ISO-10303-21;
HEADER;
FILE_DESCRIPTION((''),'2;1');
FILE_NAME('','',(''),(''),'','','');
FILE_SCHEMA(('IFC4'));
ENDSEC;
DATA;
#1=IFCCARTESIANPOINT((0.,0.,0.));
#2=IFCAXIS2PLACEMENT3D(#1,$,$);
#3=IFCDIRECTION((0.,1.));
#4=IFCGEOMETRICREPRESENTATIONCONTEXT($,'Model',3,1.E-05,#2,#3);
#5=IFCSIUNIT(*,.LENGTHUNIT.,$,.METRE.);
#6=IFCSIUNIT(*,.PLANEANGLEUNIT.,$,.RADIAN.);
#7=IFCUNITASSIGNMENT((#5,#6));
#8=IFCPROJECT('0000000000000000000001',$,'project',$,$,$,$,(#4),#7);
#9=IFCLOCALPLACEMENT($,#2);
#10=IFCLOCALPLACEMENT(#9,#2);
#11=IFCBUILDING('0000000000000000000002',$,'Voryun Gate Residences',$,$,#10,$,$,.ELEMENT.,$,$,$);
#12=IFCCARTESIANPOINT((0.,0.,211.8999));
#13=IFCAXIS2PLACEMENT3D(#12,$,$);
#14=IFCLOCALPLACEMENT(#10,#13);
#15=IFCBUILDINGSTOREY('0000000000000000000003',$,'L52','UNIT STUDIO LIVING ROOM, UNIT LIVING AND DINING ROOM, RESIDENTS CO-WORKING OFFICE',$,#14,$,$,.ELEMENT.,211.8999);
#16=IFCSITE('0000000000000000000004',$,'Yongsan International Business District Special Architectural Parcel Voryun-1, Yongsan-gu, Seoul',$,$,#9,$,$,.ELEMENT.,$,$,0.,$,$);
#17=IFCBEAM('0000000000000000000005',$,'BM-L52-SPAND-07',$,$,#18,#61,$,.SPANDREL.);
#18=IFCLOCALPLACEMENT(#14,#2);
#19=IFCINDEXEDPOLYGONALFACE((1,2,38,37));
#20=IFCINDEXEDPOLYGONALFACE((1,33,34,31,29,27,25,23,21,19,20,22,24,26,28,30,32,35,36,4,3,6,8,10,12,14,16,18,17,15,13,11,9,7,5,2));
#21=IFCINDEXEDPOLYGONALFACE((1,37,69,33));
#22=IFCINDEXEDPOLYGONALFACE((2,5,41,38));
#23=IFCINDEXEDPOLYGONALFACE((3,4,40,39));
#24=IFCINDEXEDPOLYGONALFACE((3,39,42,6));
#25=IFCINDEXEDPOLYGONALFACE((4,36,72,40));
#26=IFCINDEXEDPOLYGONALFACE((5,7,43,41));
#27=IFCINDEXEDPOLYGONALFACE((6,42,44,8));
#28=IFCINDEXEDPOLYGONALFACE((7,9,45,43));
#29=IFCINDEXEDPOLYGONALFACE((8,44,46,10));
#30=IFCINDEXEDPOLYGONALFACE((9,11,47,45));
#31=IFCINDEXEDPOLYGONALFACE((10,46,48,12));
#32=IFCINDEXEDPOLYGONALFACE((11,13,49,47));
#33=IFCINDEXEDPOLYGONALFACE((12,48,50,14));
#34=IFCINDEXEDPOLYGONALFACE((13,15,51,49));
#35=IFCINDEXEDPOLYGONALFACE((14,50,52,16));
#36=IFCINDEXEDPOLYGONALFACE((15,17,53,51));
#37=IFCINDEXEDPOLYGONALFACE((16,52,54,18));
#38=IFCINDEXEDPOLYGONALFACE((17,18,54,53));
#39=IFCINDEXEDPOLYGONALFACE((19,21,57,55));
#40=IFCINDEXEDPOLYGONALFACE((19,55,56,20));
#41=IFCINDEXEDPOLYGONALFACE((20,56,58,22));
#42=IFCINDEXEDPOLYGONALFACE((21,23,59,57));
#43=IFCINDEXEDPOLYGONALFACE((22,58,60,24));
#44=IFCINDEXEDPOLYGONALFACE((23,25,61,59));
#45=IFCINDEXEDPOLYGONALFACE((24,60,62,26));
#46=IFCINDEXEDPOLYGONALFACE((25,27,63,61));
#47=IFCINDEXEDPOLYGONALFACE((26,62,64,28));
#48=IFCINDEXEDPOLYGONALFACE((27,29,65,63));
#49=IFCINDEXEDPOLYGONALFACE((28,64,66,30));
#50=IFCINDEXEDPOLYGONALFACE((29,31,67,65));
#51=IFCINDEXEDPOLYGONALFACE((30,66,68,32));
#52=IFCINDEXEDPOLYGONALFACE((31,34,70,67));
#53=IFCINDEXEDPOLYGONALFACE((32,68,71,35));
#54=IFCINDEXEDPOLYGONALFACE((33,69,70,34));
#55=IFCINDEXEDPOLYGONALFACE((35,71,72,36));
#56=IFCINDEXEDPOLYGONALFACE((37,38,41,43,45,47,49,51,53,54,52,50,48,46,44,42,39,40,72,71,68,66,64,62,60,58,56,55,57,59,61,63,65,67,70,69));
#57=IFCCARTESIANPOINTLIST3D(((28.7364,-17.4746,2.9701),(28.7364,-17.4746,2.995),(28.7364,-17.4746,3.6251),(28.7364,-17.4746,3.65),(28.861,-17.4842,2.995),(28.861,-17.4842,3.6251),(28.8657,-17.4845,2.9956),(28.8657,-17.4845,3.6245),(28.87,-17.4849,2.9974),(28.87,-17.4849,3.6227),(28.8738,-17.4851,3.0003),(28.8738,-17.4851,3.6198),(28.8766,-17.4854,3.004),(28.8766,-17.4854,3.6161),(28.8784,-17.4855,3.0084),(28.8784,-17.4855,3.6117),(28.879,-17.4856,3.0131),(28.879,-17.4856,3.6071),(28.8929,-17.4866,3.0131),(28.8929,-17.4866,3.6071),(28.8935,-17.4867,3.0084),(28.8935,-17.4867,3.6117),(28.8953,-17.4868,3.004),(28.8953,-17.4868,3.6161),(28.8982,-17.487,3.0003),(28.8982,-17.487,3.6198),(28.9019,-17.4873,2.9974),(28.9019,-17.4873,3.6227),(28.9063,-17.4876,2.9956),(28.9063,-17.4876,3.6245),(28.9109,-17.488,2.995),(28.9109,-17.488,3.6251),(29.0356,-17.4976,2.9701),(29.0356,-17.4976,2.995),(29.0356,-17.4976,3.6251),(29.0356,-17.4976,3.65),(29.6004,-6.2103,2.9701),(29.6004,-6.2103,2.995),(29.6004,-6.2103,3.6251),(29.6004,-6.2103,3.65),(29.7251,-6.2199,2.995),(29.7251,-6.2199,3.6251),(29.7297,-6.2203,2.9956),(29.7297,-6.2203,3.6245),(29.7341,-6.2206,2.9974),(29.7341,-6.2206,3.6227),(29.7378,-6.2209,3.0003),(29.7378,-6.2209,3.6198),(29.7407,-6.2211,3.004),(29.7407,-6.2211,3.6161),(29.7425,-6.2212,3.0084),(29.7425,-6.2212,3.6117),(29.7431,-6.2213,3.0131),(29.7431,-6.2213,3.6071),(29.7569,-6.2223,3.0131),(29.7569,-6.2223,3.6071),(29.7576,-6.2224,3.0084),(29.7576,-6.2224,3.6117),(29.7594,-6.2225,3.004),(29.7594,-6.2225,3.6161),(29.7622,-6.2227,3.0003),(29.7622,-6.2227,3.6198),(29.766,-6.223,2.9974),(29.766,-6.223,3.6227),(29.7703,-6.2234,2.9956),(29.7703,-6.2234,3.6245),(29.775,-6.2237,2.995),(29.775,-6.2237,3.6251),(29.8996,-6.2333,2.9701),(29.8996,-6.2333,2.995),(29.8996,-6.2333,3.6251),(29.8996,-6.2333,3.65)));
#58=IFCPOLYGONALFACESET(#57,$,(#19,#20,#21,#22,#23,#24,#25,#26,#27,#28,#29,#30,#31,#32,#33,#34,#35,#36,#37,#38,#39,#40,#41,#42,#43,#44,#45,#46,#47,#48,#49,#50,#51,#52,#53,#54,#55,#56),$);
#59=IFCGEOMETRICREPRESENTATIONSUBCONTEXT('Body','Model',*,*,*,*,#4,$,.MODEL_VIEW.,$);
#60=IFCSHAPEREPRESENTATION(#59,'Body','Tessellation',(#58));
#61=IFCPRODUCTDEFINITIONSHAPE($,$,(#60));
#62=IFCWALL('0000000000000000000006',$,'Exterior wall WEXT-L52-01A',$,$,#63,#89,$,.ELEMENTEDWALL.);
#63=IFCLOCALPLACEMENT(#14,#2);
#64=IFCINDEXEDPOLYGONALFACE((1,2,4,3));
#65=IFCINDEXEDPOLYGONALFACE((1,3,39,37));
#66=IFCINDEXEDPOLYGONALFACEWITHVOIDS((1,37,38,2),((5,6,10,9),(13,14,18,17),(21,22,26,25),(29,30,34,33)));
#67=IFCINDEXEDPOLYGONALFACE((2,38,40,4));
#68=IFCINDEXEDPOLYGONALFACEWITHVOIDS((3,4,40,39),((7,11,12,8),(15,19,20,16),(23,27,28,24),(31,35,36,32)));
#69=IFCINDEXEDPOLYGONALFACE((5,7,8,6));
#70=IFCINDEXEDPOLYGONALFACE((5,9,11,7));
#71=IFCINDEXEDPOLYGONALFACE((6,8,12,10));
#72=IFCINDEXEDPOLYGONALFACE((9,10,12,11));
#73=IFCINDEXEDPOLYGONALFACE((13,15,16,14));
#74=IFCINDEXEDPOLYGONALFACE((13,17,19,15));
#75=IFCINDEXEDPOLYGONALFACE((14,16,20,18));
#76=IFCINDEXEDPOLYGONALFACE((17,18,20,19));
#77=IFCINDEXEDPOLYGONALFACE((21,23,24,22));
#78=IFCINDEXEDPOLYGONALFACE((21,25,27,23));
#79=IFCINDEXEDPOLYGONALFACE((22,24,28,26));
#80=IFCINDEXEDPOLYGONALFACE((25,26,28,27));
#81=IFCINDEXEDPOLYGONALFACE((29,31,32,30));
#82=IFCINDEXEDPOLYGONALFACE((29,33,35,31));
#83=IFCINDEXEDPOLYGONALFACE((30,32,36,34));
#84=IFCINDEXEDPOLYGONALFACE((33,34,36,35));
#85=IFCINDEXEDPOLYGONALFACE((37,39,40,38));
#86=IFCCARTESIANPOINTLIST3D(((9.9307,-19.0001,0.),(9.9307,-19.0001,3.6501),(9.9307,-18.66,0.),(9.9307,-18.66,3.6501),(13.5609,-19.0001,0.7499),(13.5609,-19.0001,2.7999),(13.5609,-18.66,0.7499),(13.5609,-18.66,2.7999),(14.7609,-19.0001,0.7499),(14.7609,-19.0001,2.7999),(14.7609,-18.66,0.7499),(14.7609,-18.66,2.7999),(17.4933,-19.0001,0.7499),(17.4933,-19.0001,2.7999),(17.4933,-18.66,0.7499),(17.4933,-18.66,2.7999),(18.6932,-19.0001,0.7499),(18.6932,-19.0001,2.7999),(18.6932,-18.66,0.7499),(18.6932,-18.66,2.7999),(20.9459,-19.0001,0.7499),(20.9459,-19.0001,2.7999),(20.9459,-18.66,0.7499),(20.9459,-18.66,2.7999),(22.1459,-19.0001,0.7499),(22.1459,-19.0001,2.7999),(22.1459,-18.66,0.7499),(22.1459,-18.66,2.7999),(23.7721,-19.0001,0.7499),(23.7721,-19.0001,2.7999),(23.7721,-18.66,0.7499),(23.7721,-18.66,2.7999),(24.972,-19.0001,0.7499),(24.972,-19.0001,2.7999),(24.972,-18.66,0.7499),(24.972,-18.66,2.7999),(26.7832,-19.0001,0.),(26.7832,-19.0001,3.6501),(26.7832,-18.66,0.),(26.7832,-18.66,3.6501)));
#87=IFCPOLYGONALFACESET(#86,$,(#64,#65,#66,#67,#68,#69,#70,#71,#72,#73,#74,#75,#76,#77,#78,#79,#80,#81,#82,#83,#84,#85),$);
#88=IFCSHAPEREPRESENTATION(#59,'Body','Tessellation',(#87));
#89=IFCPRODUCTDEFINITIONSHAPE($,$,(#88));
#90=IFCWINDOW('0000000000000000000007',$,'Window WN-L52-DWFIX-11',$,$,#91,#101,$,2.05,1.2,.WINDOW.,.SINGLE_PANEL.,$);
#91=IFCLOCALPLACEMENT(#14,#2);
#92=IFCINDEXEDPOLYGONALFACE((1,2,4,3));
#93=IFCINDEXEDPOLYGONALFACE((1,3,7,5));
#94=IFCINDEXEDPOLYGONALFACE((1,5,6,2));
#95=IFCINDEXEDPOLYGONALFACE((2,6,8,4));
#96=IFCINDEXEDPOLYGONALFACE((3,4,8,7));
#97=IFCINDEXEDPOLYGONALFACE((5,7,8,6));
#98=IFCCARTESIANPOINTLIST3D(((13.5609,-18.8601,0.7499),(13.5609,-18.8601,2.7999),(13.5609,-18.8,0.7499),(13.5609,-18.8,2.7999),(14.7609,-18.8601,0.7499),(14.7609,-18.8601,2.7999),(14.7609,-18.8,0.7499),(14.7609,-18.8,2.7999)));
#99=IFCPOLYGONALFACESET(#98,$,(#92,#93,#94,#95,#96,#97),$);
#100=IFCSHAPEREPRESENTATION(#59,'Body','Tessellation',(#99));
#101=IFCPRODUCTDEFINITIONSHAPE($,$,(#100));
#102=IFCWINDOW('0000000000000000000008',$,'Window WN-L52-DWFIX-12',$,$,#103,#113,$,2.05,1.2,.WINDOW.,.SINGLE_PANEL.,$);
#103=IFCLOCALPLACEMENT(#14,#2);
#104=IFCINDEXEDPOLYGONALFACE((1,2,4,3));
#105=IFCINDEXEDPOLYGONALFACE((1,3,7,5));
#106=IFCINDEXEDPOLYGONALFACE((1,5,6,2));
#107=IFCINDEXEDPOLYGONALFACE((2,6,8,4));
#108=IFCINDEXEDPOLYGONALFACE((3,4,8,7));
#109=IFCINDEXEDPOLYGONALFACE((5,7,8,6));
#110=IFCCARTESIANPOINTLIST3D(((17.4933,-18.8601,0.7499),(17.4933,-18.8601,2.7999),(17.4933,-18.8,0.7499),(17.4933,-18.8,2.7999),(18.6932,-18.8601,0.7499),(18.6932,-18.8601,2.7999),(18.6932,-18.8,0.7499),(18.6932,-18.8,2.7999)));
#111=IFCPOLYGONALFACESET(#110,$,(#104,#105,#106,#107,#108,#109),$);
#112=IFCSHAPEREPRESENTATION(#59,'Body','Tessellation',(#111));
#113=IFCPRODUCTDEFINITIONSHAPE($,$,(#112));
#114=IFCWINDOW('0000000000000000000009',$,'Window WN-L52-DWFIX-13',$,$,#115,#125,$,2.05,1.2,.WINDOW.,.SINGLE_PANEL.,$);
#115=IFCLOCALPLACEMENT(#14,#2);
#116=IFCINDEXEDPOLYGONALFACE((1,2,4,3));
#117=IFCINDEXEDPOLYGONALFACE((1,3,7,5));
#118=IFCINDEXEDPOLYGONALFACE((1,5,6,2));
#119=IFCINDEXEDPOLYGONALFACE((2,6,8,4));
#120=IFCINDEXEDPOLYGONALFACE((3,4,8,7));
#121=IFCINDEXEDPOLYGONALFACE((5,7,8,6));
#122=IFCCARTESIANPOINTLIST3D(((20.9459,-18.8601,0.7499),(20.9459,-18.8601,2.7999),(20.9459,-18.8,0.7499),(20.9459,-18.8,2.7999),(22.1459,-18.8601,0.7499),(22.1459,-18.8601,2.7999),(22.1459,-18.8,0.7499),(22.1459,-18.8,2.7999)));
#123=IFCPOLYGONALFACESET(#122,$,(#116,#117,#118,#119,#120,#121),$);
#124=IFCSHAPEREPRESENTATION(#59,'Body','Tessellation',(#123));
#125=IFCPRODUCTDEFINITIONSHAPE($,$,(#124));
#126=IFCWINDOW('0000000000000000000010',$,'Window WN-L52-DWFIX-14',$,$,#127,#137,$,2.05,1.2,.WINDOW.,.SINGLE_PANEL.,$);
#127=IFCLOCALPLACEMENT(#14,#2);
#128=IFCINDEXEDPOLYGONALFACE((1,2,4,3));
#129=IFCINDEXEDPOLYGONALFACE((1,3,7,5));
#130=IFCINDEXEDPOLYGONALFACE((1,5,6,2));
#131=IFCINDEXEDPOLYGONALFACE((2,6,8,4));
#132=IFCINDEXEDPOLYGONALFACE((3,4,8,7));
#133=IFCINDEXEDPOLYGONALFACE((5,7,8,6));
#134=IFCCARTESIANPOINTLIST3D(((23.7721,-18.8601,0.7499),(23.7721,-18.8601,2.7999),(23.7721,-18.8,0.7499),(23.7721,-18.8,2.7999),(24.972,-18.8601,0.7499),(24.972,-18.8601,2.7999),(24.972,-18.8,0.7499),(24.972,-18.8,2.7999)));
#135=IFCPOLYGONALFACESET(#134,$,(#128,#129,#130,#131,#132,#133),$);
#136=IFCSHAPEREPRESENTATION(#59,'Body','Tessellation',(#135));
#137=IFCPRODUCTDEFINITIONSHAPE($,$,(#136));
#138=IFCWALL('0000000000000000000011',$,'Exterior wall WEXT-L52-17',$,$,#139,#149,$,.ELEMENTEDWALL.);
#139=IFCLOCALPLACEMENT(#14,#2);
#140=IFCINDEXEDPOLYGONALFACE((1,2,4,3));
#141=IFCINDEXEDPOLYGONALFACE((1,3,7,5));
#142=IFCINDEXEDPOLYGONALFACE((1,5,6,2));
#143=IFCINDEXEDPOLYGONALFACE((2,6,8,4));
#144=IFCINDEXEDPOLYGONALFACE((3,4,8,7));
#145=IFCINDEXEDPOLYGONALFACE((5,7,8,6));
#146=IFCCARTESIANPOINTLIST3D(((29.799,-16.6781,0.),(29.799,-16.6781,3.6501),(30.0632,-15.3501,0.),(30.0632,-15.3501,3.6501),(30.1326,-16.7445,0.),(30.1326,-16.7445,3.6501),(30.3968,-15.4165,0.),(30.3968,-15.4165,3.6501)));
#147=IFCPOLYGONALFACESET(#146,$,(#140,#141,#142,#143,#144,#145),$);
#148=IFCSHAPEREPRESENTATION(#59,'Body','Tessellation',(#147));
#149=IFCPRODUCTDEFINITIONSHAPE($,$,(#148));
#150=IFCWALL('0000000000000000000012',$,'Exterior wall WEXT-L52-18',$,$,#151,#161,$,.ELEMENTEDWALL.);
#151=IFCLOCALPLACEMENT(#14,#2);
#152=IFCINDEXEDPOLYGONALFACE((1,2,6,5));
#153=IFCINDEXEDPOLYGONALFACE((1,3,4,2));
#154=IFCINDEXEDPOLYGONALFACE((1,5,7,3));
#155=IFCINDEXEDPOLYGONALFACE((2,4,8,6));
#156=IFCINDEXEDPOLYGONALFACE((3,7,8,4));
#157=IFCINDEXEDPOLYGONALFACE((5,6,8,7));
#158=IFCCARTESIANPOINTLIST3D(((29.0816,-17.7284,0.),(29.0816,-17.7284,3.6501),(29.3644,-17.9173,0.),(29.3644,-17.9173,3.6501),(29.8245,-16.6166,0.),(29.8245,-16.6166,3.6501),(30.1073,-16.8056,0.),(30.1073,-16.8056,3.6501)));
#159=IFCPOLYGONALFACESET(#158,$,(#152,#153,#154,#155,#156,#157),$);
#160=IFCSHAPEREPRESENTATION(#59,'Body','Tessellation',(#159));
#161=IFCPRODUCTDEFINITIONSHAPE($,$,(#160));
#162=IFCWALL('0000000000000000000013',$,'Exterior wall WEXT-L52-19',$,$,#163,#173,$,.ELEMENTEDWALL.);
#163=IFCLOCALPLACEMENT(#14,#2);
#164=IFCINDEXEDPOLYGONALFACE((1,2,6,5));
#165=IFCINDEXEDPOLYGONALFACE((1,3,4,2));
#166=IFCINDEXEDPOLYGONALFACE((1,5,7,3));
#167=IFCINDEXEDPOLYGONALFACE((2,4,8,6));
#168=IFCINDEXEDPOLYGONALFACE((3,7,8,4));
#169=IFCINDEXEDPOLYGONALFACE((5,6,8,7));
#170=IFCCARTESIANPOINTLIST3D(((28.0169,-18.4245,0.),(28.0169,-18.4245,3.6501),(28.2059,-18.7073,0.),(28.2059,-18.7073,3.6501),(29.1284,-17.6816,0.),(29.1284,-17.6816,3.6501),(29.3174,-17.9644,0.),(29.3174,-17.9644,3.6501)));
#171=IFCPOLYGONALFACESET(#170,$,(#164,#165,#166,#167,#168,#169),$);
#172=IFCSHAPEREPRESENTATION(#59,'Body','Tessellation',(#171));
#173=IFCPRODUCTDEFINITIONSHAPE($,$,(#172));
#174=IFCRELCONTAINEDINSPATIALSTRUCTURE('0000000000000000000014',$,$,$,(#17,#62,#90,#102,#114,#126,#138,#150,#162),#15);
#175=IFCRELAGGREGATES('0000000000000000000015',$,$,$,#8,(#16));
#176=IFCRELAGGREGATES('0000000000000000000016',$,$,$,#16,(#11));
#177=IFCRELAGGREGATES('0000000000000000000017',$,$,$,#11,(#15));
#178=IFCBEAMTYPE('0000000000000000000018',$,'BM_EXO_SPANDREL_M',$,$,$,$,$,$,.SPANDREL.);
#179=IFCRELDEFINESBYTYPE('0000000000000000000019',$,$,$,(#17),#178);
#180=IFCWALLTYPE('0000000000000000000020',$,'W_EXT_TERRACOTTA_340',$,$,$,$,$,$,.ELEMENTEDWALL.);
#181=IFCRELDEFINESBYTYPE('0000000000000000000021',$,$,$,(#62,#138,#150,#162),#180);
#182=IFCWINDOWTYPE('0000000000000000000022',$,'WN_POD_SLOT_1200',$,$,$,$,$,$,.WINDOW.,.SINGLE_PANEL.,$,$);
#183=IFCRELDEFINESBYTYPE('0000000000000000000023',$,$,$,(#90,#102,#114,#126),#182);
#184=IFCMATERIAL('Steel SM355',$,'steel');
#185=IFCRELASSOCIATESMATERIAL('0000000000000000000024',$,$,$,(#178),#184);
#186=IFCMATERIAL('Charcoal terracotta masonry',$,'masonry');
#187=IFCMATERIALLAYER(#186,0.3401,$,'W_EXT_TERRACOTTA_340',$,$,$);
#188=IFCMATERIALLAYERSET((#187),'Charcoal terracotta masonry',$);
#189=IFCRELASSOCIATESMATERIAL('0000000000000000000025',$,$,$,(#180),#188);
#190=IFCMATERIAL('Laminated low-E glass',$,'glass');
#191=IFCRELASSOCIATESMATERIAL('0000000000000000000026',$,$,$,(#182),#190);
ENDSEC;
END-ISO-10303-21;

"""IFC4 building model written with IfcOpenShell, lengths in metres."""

from ifc_helpers import new_model, si_unit, direction, frame, frame_2d, origin, origin_2d, place, context, subcontext, project, spatial, rectangle, i_section, extrude, material, layer, layer_set, material_profile, profile_set, type_object, element, fill, save


model = new_model("IFC4")

# Units and contexts
model_context = context("Model", 3, precision=1e-05, world=origin(), true_north=direction((0.0, 1.0)))
body_context = subcontext(model_context, "Body", "Model", "MODEL_VIEW")
ifc_project = project(units=[si_unit("LENGTHUNIT", "METRE"), si_unit("PLANEANGLEUNIT", "RADIAN")], contexts=[model_context])

# Site, building, storey
site_placement = place(None, origin())
site = spatial("IfcSite", under=ifc_project, at=site_placement, Name="Yongsan International Business District Special Architectural Parcel Voryun-1, Yongsan-gu, Seoul", CompositionType="ELEMENT", RefElevation=0.0)
building_placement = place(site_placement, origin())
building = spatial("IfcBuilding", under=site, at=building_placement, Name="Voryun Gate Residences", CompositionType="ELEMENT")
storey_placement = place(building_placement, frame((0.0, 0.0, 211.8999)))
storey = spatial("IfcBuildingStorey", under=building, at=storey_placement, Name="L52", Description="UNIT STUDIO LIVING ROOM, UNIT LIVING AND DINING ROOM, RESIDENTS CO-WORKING OFFICE", CompositionType="ELEMENT", Elevation=211.8999)

# Beam
ifc_material_1 = material(Name="Steel SM355", Category="steel")
ifc_material_profile_1 = material_profile(ifc_material_1, i_section(OverallWidth=0.3, OverallDepth=0.6799, WebThickness=0.0139, FlangeThickness=0.0249, FilletRadius=0.0181, at=origin_2d()), Name="H-680x300x14x25")
ifc_profile_set_1 = profile_set([ifc_material_profile_1], Name="Steel SM355")
beam_type = type_object("IfcBeamType", Name="BM_EXO_SPANDREL_M", PredefinedType="SPANDREL", material=ifc_profile_set_1)
beam_1_placement = place(storey_placement, frame((28.886, -17.4861, 3.3101), z_axis=(0.07648, 0.997071, 0.0), x_axis=(-0.997071, 0.07648, 0.0)))
element("IfcBeam", 1, at=beam_1_placement, inside=storey, type_object=beam_type, Name="BM-L52-SPAND-07", PredefinedType="SPANDREL", context=body_context, shape_type="SweptSolid", body=[
    extrude(i_section(OverallWidth=0.3, OverallDepth=0.6799, WebThickness=0.0139, FlangeThickness=0.0249, FilletRadius=0.0181, at=origin_2d()), origin(), (0.0, 0.0, 1.0), 11.2974),
])

# Wall, openings, windows
ifc_material_2 = material(Name="Charcoal terracotta masonry", Category="masonry")
ifc_layer_1 = layer(ifc_material_2, 0.3401, Name="W_EXT_TERRACOTTA_340")
ifc_layer_set_1 = layer_set([ifc_layer_1], Name="Charcoal terracotta masonry")
wall_type_1 = type_object("IfcWallType", Name="W_EXT_TERRACOTTA_340", PredefinedType="ELEMENTEDWALL", material=ifc_layer_set_1)
wall_1_placement = place(storey_placement, frame((26.7832, -18.8301, 0.0), z_axis=(0.0, 0.0, 1.0), x_axis=(-1.0, 0.0, 0.0)))
wall_1 = element("IfcWall", 2, at=wall_1_placement, inside=storey, type_object=wall_type_1, Name="Exterior wall WEXT-L52-01A", PredefinedType="ELEMENTEDWALL", context=body_context, shape_type="SweptSolid", body=[
    extrude(rectangle(XDim=16.8525, YDim=0.3401, at=frame_2d((8.4263, 0.0))), origin(), (0.0, 0.0, 1.0), 3.6501),
])
opening_1_placement = place(wall_1_placement, frame((12.0222, 0.0, 0.75)))
opening_1 = element("IfcOpeningElement", 3, at=opening_1_placement, cuts=wall_1, PredefinedType="OPENING", context=body_context, shape_type="SweptSolid", body=[
    extrude(rectangle(XDim=1.2, YDim=2.05, at=frame_2d((0.6001, 1.0249))), frame((0.0, 0.1799, 0.0), z_axis=(0.0, -1.0, 0.0), x_axis=(1.0, 0.0, 0.0)), (0.0, 0.0, 1.0), 0.3601),
])
opening_2_placement = place(wall_1_placement, frame((8.0898, 0.0, 0.75)))
opening_2 = element("IfcOpeningElement", 4, at=opening_2_placement, cuts=wall_1, PredefinedType="OPENING", context=body_context, shape_type="SweptSolid", body=[
    extrude(rectangle(XDim=1.2, YDim=2.05, at=frame_2d((0.6001, 1.0249))), frame((0.0, 0.1799, 0.0), z_axis=(0.0, -1.0, 0.0), x_axis=(1.0, 0.0, 0.0)), (0.0, 0.0, 1.0), 0.3601),
])
opening_3_placement = place(wall_1_placement, frame((4.6372, 0.0, 0.75)))
opening_3 = element("IfcOpeningElement", 5, at=opening_3_placement, cuts=wall_1, PredefinedType="OPENING", context=body_context, shape_type="SweptSolid", body=[
    extrude(rectangle(XDim=1.2, YDim=2.05, at=frame_2d((0.6001, 1.0249))), frame((0.0, 0.1799, 0.0), z_axis=(0.0, -1.0, 0.0), x_axis=(1.0, 0.0, 0.0)), (0.0, 0.0, 1.0), 0.3601),
])
opening_4_placement = place(wall_1_placement, frame((1.811, 0.0, 0.75)))
opening_4 = element("IfcOpeningElement", 6, at=opening_4_placement, cuts=wall_1, PredefinedType="OPENING", context=body_context, shape_type="SweptSolid", body=[
    extrude(rectangle(XDim=1.2, YDim=2.05, at=frame_2d((0.6001, 1.0249))), frame((0.0, 0.1799, 0.0), z_axis=(0.0, -1.0, 0.0), x_axis=(1.0, 0.0, 0.0)), (0.0, 0.0, 1.0), 0.3601),
])
ifc_material_3 = material(Name="Laminated low-E glass", Category="glass")
window_type = type_object("IfcWindowType", Name="WN_POD_SLOT_1200", PartitioningType="SINGLE_PANEL", PredefinedType="WINDOW", material=ifc_material_3)
window_1_placement = place(opening_1_placement, origin())
window_1 = element("IfcWindow", 7, at=window_1_placement, inside=storey, type_object=window_type, Name="Window WN-L52-DWFIX-11", OverallHeight=2.05, OverallWidth=1.2, PartitioningType="SINGLE_PANEL", PredefinedType="WINDOW", context=body_context, shape_type="SweptSolid", body=[
    extrude(rectangle(XDim=1.2, YDim=2.05, at=frame_2d((0.6001, 1.0249))), frame((0.0, 0.03, 0.0), z_axis=(0.0, -1.0, 0.0), x_axis=(1.0, 0.0, 0.0)), (0.0, 0.0, 1.0), 0.0601),
])
fill(opening_1, window_1)
window_2_placement = place(opening_2_placement, origin())
window_2 = element("IfcWindow", 8, at=window_2_placement, inside=storey, type_object=window_type, Name="Window WN-L52-DWFIX-12", OverallHeight=2.05, OverallWidth=1.2, PartitioningType="SINGLE_PANEL", PredefinedType="WINDOW", context=body_context, shape_type="SweptSolid", body=[
    extrude(rectangle(XDim=1.2, YDim=2.05, at=frame_2d((0.6001, 1.0249))), frame((0.0, 0.03, 0.0), z_axis=(0.0, -1.0, 0.0), x_axis=(1.0, 0.0, 0.0)), (0.0, 0.0, 1.0), 0.0601),
])
fill(opening_2, window_2)
window_3_placement = place(opening_3_placement, origin())
window_3 = element("IfcWindow", 9, at=window_3_placement, inside=storey, type_object=window_type, Name="Window WN-L52-DWFIX-13", OverallHeight=2.05, OverallWidth=1.2, PartitioningType="SINGLE_PANEL", PredefinedType="WINDOW", context=body_context, shape_type="SweptSolid", body=[
    extrude(rectangle(XDim=1.2, YDim=2.05, at=frame_2d((0.6001, 1.0249))), frame((0.0, 0.03, 0.0), z_axis=(0.0, -1.0, 0.0), x_axis=(1.0, 0.0, 0.0)), (0.0, 0.0, 1.0), 0.0601),
])
fill(opening_3, window_3)
window_4_placement = place(opening_4_placement, origin())
window_4 = element("IfcWindow", 10, at=window_4_placement, inside=storey, type_object=window_type, Name="Window WN-L52-DWFIX-14", OverallHeight=2.05, OverallWidth=1.2, PartitioningType="SINGLE_PANEL", PredefinedType="WINDOW", context=body_context, shape_type="SweptSolid", body=[
    extrude(rectangle(XDim=1.2, YDim=2.05, at=frame_2d((0.6001, 1.0249))), frame((0.0, 0.03, 0.0), z_axis=(0.0, -1.0, 0.0), x_axis=(1.0, 0.0, 0.0)), (0.0, 0.0, 1.0), 0.0601),
])
fill(opening_4, window_4)

# Walls
wall_2_placement = place(storey_placement, frame((30.23, -15.3833, 0.0), z_axis=(0.0, 0.0, 1.0), x_axis=(-0.19511, -0.980781, 0.0)))
element("IfcWall", 11, at=wall_2_placement, inside=storey, type_object=wall_type_1, Name="Exterior wall WEXT-L52-17", PredefinedType="ELEMENTEDWALL", context=body_context, shape_type="SweptSolid", body=[
    extrude(rectangle(XDim=1.354, YDim=0.3401, at=frame_2d((0.677, 0.0))), origin(), (0.0, 0.0, 1.0), 3.6501),
])
wall_3_placement = place(storey_placement, frame((29.9658, -16.7112, 0.0), z_axis=(0.0, 0.0, 1.0), x_axis=(-0.555585, -0.83146, 0.0)))
element("IfcWall", 12, at=wall_3_placement, inside=storey, type_object=wall_type_1, Name="Exterior wall WEXT-L52-18", PredefinedType="ELEMENTEDWALL", context=body_context, shape_type="SweptSolid", body=[
    extrude(rectangle(XDim=1.3372, YDim=0.3401, at=frame_2d((0.6685, 0.0))), origin(), (0.0, 0.0, 1.0), 3.6501),
])
wall_4_placement = place(storey_placement, frame((29.2229, -17.823, 0.0), z_axis=(0.0, 0.0, 1.0), x_axis=(-0.831404, -0.555669, 0.0)))
element("IfcWall", 13, at=wall_4_placement, inside=storey, type_object=wall_type_1, Name="Exterior wall WEXT-L52-19", PredefinedType="ELEMENTEDWALL", context=body_context, shape_type="SweptSolid", body=[
    extrude(rectangle(XDim=1.3369, YDim=0.3401, at=frame_2d((0.6685, 0.0))), origin(), (0.0, 0.0, 1.0), 3.6501),
])

save(model, "model.ifc")
